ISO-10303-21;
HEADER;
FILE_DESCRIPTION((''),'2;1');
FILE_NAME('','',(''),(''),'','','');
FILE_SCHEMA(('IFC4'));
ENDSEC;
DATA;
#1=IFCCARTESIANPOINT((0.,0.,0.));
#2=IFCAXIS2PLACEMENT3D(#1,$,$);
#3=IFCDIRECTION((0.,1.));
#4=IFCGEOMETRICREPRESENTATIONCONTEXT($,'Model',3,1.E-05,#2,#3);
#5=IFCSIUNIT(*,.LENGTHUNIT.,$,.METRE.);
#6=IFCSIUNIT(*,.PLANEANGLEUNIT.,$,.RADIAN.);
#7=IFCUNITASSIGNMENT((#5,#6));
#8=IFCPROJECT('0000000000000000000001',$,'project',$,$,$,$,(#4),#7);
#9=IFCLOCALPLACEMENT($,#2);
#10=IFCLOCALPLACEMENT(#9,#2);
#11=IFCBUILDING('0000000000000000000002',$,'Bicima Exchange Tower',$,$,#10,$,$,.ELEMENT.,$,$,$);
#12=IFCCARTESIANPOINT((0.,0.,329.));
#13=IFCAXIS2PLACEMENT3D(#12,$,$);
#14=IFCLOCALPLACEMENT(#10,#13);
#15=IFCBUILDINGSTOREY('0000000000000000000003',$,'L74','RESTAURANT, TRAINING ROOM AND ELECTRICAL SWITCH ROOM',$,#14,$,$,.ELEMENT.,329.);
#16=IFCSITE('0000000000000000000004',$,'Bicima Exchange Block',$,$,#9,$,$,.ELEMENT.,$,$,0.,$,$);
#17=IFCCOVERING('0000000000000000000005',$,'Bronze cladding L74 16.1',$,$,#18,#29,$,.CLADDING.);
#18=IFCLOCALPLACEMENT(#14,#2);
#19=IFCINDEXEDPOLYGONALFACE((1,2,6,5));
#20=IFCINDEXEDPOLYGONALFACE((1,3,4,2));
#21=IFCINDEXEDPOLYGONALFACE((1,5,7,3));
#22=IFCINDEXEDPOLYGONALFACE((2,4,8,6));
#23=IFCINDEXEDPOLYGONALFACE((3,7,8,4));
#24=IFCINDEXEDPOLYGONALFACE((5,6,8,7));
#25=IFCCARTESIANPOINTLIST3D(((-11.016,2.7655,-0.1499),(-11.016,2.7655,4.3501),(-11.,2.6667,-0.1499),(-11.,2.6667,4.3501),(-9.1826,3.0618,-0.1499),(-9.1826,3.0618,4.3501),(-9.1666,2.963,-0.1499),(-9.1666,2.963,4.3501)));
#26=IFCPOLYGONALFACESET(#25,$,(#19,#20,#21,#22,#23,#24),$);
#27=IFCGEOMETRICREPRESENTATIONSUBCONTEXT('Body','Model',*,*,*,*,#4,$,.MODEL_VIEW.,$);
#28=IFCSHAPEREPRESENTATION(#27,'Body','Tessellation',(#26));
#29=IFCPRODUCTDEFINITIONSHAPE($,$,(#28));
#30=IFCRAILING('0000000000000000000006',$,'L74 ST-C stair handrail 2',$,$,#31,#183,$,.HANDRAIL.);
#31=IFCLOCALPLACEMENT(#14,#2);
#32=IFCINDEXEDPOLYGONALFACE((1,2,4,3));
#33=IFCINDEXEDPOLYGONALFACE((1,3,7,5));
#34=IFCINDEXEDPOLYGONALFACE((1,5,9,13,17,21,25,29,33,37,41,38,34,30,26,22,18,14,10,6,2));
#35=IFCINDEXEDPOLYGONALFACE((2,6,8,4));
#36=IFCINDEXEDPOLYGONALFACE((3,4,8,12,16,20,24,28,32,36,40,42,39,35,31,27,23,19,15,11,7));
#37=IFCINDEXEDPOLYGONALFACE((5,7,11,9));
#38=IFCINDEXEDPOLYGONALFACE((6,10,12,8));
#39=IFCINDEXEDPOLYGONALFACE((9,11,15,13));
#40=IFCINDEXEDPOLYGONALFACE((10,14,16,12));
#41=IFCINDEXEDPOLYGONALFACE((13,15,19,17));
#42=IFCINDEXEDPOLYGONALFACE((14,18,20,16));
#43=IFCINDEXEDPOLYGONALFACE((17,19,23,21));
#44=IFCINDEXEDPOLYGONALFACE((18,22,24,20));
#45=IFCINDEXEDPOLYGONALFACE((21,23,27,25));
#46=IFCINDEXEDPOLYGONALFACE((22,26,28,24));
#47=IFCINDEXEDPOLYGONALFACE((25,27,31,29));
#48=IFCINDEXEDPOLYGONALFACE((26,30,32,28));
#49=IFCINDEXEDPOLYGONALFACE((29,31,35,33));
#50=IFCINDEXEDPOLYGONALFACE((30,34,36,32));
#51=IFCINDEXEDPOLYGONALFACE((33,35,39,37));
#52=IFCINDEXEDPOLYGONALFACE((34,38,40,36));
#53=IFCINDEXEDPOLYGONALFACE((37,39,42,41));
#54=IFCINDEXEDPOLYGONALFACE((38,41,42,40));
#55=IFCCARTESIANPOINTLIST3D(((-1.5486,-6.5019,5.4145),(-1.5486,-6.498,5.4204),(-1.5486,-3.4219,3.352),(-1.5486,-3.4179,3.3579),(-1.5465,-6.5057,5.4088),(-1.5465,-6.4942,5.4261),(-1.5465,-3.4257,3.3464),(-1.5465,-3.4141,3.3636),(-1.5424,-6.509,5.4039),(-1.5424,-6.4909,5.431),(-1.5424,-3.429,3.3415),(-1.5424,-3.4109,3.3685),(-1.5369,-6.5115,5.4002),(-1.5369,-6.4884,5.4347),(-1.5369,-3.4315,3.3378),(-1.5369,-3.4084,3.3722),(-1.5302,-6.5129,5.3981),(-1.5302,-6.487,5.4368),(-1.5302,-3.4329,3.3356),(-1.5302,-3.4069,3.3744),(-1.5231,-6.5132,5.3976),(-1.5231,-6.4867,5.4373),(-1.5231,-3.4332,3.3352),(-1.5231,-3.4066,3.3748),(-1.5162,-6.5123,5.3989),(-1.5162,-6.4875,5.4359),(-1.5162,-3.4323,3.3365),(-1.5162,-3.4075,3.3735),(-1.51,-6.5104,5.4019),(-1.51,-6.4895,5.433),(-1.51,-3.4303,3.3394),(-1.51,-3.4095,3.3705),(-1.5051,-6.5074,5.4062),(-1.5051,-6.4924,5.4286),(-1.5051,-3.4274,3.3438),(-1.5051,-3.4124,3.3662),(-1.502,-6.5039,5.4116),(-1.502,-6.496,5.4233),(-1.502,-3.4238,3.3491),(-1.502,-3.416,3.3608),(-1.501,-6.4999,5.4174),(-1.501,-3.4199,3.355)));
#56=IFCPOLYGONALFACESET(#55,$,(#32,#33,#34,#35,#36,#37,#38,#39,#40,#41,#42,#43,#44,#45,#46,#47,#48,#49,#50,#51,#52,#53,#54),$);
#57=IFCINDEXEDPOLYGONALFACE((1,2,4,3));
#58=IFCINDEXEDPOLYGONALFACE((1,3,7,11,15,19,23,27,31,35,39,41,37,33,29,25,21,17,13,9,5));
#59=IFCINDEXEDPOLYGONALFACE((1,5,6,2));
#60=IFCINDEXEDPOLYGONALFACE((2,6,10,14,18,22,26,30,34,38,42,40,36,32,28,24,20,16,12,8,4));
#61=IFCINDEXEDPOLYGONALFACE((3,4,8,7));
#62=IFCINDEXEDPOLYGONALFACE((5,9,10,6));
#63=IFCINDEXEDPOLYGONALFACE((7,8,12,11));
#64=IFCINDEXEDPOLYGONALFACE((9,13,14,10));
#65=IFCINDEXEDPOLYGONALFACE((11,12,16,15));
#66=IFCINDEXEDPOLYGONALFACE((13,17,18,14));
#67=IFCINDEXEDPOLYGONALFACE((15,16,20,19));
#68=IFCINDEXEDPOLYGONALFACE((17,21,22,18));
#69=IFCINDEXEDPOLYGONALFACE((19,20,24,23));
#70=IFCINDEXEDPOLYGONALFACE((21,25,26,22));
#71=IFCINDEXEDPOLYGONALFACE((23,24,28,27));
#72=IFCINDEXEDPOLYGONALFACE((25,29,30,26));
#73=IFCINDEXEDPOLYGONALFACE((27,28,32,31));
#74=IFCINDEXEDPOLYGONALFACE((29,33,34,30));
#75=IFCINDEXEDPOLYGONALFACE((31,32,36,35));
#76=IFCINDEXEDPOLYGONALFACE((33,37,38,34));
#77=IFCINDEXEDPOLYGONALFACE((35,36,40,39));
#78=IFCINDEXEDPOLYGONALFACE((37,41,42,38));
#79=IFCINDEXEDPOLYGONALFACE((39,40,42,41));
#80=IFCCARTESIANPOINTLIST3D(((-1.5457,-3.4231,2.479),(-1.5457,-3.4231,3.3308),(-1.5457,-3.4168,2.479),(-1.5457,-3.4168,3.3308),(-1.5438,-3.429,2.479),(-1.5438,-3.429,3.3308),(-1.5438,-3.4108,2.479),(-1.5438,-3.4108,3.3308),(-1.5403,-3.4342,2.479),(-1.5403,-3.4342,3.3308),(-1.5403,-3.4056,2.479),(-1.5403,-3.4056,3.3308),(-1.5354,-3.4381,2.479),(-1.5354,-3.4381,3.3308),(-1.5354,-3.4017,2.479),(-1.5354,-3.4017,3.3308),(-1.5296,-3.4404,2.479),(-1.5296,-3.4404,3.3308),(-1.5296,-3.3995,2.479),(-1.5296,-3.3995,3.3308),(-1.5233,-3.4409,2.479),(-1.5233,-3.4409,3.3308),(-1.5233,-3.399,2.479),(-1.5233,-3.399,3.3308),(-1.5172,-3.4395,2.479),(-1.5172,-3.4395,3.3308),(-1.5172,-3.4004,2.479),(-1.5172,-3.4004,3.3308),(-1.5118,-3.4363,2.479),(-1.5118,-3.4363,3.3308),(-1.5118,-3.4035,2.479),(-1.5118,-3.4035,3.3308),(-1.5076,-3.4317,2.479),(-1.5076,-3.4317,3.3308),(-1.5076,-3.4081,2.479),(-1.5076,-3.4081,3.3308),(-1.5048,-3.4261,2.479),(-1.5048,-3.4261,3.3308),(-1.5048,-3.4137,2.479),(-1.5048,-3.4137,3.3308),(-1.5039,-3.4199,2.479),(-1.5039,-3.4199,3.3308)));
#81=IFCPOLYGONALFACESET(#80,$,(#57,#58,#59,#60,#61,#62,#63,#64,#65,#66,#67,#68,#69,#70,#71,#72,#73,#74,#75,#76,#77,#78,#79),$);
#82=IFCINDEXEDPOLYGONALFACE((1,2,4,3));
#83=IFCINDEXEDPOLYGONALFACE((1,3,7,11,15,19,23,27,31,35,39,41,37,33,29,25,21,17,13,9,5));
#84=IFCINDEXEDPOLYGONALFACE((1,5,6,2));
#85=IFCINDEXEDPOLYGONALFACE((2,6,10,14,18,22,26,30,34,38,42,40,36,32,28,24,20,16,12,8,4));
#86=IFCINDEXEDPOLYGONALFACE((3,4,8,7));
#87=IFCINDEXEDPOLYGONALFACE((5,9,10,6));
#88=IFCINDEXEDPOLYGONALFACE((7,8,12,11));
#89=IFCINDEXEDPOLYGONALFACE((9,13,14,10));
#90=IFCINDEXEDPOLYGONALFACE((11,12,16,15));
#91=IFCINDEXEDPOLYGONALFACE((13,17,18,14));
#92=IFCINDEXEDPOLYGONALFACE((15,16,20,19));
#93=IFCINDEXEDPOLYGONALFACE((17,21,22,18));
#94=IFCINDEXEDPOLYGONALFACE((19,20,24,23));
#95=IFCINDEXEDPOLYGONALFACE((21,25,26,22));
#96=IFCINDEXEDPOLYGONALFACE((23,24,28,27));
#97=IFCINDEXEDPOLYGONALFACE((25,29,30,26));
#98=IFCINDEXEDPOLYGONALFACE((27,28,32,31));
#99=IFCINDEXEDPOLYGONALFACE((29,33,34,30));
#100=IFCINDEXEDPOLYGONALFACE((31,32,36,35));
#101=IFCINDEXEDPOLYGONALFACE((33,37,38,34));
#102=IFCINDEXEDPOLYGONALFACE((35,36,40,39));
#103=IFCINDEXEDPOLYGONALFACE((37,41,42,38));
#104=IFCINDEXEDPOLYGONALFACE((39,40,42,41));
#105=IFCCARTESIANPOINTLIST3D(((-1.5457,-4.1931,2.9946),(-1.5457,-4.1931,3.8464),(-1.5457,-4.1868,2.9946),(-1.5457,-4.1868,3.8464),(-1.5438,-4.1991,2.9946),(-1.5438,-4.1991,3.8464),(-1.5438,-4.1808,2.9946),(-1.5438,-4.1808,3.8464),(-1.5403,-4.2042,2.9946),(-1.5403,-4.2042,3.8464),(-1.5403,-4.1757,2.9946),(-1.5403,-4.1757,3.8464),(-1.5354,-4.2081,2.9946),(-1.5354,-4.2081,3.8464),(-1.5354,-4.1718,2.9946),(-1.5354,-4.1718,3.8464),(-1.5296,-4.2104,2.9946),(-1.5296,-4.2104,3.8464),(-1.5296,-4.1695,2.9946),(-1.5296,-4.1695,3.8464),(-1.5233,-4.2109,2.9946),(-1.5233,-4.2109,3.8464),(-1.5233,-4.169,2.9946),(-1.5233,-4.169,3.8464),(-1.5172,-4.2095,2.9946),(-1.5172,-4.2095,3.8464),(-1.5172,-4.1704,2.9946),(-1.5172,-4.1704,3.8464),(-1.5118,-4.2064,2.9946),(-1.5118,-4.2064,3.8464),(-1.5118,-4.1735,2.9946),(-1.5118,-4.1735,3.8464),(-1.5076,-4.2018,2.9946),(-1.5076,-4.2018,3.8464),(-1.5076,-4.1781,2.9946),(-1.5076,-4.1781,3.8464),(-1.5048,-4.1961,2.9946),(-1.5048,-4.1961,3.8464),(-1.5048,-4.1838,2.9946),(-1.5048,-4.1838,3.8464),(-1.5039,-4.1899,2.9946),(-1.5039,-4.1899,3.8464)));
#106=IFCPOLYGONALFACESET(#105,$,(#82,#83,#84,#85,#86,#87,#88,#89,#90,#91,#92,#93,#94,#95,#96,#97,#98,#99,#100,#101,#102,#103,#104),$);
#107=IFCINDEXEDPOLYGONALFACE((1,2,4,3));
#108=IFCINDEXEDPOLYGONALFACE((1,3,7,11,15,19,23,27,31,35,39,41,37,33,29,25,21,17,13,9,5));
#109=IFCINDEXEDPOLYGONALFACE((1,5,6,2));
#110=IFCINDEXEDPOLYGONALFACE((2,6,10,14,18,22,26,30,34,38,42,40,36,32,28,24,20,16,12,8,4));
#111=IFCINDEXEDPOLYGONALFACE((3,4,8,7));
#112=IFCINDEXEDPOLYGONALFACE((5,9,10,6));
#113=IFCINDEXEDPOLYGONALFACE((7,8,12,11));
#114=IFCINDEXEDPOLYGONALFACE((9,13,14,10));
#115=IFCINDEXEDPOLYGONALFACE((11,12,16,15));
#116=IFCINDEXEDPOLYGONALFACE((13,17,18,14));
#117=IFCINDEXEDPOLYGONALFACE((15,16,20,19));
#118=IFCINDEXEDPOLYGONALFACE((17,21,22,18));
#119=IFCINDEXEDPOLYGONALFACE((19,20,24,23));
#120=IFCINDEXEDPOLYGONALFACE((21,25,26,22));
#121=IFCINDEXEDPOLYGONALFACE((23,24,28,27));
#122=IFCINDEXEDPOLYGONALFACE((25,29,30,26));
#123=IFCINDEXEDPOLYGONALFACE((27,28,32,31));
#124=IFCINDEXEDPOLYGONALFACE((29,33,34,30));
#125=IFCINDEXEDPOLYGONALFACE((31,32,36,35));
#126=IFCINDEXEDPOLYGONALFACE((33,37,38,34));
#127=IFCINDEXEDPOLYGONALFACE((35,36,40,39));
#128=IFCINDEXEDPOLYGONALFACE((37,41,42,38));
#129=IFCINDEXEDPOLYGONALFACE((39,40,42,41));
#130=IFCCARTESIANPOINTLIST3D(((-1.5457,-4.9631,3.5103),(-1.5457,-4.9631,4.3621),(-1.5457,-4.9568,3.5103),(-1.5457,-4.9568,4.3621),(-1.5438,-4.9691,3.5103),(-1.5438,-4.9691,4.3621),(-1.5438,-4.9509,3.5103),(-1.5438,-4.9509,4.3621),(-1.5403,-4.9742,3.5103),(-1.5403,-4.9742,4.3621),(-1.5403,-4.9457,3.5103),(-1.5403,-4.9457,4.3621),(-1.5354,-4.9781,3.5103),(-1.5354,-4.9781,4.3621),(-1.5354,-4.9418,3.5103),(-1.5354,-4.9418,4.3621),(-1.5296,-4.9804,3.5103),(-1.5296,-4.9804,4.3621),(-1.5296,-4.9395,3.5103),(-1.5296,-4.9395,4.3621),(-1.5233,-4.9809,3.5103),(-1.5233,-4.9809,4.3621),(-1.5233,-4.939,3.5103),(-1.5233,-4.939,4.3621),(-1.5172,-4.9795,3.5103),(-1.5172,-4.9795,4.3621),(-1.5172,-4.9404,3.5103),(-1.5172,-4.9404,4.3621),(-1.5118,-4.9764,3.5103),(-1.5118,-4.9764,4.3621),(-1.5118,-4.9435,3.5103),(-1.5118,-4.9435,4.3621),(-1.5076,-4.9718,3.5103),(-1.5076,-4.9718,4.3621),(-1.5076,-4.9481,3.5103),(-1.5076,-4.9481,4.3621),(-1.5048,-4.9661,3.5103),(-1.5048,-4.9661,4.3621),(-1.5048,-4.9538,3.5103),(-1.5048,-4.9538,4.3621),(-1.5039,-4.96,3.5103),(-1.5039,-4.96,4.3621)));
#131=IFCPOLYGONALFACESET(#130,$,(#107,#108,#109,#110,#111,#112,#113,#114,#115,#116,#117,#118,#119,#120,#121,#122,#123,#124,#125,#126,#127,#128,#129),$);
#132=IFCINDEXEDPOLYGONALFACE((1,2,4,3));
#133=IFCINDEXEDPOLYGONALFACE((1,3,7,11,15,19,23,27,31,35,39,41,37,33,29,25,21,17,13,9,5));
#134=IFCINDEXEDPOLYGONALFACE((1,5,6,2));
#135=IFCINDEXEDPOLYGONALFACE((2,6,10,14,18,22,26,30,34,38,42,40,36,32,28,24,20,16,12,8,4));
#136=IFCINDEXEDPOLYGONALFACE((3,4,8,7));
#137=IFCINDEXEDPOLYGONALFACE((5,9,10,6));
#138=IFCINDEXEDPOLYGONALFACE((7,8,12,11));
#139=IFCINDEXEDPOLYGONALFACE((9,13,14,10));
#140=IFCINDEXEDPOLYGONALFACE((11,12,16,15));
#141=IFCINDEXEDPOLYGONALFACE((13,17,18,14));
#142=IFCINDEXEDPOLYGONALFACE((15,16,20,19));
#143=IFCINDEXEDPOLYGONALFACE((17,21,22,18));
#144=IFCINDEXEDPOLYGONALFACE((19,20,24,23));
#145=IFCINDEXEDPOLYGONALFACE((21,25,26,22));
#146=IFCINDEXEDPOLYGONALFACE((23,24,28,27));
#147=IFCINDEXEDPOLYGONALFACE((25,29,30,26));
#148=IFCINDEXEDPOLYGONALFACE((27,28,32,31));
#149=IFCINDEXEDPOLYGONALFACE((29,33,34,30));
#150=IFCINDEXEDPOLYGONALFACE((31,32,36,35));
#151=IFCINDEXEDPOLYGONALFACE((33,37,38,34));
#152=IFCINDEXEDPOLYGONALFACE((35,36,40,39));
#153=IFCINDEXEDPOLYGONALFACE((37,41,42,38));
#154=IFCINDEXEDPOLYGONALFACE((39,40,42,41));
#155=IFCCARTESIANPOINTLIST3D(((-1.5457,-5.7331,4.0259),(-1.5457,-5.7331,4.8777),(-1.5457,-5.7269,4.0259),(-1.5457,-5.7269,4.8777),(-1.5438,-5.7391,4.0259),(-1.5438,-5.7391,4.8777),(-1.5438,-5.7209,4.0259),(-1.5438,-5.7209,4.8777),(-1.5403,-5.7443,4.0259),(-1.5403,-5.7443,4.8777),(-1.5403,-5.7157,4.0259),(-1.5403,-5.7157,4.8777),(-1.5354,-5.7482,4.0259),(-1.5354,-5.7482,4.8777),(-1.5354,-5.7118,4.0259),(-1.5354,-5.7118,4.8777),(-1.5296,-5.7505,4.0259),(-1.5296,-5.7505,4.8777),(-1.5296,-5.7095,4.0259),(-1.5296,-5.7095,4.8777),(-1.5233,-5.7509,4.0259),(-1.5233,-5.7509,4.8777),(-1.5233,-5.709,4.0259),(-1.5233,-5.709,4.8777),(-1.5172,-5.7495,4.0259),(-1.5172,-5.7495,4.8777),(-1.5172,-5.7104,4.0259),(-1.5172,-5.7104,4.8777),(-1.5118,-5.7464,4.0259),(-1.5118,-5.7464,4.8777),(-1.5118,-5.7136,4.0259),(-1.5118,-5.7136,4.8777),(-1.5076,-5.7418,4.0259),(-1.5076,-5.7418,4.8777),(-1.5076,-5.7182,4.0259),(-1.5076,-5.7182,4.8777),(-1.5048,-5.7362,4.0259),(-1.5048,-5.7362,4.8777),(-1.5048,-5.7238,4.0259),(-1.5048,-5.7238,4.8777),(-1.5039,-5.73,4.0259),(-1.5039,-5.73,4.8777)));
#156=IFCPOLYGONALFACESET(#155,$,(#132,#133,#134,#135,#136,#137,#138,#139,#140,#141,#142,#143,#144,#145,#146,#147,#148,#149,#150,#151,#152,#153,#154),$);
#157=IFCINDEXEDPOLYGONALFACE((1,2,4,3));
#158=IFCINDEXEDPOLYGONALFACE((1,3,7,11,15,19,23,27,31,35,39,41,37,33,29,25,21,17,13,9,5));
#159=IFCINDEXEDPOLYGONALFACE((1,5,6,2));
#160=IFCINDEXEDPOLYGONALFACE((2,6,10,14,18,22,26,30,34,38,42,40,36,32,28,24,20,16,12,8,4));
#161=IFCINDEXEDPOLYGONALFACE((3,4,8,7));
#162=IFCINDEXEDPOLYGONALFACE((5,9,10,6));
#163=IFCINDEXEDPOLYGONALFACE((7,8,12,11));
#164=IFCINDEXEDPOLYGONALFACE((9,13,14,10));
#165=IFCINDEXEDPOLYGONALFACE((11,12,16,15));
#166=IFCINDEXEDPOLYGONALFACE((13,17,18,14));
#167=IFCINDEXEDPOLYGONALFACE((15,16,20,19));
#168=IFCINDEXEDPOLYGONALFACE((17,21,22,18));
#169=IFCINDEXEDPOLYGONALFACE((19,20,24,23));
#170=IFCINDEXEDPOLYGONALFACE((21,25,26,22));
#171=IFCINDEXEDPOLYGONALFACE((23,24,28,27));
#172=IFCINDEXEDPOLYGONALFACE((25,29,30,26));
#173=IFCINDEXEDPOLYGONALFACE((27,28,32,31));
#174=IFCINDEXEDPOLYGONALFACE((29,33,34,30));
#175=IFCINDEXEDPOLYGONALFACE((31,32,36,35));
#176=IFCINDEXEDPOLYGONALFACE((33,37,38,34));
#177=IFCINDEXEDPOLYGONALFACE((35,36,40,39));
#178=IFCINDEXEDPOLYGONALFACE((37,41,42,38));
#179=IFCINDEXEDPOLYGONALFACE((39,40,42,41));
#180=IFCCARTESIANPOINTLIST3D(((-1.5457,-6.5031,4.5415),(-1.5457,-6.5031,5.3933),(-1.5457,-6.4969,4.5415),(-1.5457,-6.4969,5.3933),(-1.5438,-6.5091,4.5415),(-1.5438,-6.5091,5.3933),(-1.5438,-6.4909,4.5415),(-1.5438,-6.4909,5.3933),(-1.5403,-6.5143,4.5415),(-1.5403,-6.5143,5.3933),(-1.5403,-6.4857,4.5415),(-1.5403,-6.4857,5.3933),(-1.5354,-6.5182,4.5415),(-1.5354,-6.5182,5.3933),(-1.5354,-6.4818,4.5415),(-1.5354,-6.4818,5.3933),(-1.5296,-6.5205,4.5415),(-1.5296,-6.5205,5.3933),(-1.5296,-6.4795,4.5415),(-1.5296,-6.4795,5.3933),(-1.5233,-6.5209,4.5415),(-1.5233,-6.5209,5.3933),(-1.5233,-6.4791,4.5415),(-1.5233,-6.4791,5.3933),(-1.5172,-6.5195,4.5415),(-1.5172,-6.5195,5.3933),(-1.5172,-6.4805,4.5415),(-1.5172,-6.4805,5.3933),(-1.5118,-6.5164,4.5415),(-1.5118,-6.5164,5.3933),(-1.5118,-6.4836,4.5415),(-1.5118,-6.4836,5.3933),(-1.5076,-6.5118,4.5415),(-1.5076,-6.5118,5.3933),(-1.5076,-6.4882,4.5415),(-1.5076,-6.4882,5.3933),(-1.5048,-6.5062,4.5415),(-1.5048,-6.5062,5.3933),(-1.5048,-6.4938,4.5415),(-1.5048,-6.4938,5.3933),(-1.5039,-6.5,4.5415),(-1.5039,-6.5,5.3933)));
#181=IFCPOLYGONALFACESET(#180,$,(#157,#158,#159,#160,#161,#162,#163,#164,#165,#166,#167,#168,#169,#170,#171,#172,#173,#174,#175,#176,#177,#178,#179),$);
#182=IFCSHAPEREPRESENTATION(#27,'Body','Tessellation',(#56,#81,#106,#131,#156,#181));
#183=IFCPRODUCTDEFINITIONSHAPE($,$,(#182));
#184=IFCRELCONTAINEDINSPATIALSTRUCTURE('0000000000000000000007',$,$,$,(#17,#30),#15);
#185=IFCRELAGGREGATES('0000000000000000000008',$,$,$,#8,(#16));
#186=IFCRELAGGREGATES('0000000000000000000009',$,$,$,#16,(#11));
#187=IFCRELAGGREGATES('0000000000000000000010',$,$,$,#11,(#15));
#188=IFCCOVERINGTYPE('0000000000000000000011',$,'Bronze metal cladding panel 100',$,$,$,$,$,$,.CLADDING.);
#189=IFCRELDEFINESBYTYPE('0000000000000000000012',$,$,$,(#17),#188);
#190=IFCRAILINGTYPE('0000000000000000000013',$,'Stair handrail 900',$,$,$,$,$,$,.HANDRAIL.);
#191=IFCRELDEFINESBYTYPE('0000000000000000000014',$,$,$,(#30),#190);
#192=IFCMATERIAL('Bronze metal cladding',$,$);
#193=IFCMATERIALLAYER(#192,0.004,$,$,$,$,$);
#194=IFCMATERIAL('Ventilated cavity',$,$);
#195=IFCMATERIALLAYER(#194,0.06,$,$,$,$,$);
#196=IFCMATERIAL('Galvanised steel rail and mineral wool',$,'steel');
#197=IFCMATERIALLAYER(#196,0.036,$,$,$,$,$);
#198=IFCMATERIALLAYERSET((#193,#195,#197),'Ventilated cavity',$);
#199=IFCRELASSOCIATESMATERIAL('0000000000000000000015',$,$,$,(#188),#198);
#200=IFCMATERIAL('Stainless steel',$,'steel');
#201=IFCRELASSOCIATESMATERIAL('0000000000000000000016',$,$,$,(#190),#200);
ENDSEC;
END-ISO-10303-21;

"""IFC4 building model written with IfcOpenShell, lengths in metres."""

from ifc_helpers import new_model, si_unit, direction, frame, origin, origin_2d, place, context, subcontext, project, spatial, rectangle, circle, extrude, material, layer, layer_set, type_object, element, save


model = new_model("IFC4")

# Units and contexts
model_context = context("Model", 3, precision=1e-05, world=origin(), true_north=direction((0.0, 1.0)))
body_context = subcontext(model_context, "Body", "Model", "MODEL_VIEW")
ifc_project = project(units=[si_unit("LENGTHUNIT", "METRE"), si_unit("PLANEANGLEUNIT", "RADIAN")], contexts=[model_context])

# Site, building, storey
site_placement = place(None, origin())
site = spatial("IfcSite", under=ifc_project, at=site_placement, Name="Bicima Exchange Block", CompositionType="ELEMENT", RefElevation=0.0)
building_placement = place(site_placement, origin())
building = spatial("IfcBuilding", under=site, at=building_placement, Name="Bicima Exchange Tower", CompositionType="ELEMENT")
storey_placement = place(building_placement, frame((0.0, 0.0, 329.0)))
storey = spatial("IfcBuildingStorey", under=building, at=storey_placement, Name="L74", Description="RESTAURANT, TRAINING ROOM AND ELECTRICAL SWITCH ROOM", CompositionType="ELEMENT", Elevation=329.0)

# Covering
ifc_material_1 = material(Name="Bronze metal cladding")
ifc_layer_1 = layer(ifc_material_1, 0.004)
ifc_material_2 = material(Name="Ventilated cavity")
ifc_layer_2 = layer(ifc_material_2, 0.06)
ifc_material_3 = material(Name="Galvanised steel rail and mineral wool", Category="steel")
ifc_layer_3 = layer(ifc_material_3, 0.036)
ifc_layer_set_1 = layer_set([ifc_layer_1, ifc_layer_2, ifc_layer_3], Name="Ventilated cavity")
covering_type = type_object("IfcCoveringType", Name="Bronze metal cladding panel 100", PredefinedType="CLADDING", material=ifc_layer_set_1)
covering_1_placement = place(storey_placement, frame((-10.0913, 2.8643, -0.1499), z_axis=(0.0, 0.0, 1.0), x_axis=(-0.98719, -0.15955, 0.0)))
element("IfcCovering", 1, at=covering_1_placement, inside=storey, type_object=covering_type, Name="Bronze cladding L74 16.1", PredefinedType="CLADDING", context=body_context, shape_type="SweptSolid", body=[
    extrude(rectangle(XDim=1.8572, YDim=0.1001, at=origin_2d()), origin(), (0.0, 0.0, 1.0), 4.5),
])

# Railing
ifc_material_4 = material(Name="Stainless steel", Category="steel")
railing_type = type_object("IfcRailingType", Name="Stair handrail 900", PredefinedType="HANDRAIL", material=ifc_material_4)
railing_placement = place(storey_placement, frame((-1.5249, -3.4199, 2.479)))
element("IfcRailing", 2, at=railing_placement, inside=storey, type_object=railing_type, Name="L74 ST-C stair handrail 2", PredefinedType="HANDRAIL", context=body_context, shape_type="SweptSolid", body=[
    extrude(circle(Radius=0.0239, at=origin_2d()), frame((0.0, 0.0, 0.876), z_axis=(0.0, -0.830914, 0.556401), x_axis=(1.0, 0.0, 0.0)), (0.0, 0.0, 1.0), 3.7068),
    extrude(circle(Radius=0.021, at=origin_2d()), origin(), (0.0, 0.0, 1.0), 0.8518),
    extrude(circle(Radius=0.021, at=origin_2d()), frame((0.0, -0.77, 0.5156)), (0.0, 0.0, 1.0), 0.8518),
    extrude(circle(Radius=0.021, at=origin_2d()), frame((0.0, -1.54, 1.0312)), (0.0, 0.0, 1.0), 0.8518),
    extrude(circle(Radius=0.021, at=origin_2d()), frame((0.0, -2.3101, 1.5469)), (0.0, 0.0, 1.0), 0.8518),
    extrude(circle(Radius=0.021, at=origin_2d()), frame((0.0, -3.0801, 2.0625)), (0.0, 0.0, 1.0), 0.8518),
])

save(model, "model.ifc")
